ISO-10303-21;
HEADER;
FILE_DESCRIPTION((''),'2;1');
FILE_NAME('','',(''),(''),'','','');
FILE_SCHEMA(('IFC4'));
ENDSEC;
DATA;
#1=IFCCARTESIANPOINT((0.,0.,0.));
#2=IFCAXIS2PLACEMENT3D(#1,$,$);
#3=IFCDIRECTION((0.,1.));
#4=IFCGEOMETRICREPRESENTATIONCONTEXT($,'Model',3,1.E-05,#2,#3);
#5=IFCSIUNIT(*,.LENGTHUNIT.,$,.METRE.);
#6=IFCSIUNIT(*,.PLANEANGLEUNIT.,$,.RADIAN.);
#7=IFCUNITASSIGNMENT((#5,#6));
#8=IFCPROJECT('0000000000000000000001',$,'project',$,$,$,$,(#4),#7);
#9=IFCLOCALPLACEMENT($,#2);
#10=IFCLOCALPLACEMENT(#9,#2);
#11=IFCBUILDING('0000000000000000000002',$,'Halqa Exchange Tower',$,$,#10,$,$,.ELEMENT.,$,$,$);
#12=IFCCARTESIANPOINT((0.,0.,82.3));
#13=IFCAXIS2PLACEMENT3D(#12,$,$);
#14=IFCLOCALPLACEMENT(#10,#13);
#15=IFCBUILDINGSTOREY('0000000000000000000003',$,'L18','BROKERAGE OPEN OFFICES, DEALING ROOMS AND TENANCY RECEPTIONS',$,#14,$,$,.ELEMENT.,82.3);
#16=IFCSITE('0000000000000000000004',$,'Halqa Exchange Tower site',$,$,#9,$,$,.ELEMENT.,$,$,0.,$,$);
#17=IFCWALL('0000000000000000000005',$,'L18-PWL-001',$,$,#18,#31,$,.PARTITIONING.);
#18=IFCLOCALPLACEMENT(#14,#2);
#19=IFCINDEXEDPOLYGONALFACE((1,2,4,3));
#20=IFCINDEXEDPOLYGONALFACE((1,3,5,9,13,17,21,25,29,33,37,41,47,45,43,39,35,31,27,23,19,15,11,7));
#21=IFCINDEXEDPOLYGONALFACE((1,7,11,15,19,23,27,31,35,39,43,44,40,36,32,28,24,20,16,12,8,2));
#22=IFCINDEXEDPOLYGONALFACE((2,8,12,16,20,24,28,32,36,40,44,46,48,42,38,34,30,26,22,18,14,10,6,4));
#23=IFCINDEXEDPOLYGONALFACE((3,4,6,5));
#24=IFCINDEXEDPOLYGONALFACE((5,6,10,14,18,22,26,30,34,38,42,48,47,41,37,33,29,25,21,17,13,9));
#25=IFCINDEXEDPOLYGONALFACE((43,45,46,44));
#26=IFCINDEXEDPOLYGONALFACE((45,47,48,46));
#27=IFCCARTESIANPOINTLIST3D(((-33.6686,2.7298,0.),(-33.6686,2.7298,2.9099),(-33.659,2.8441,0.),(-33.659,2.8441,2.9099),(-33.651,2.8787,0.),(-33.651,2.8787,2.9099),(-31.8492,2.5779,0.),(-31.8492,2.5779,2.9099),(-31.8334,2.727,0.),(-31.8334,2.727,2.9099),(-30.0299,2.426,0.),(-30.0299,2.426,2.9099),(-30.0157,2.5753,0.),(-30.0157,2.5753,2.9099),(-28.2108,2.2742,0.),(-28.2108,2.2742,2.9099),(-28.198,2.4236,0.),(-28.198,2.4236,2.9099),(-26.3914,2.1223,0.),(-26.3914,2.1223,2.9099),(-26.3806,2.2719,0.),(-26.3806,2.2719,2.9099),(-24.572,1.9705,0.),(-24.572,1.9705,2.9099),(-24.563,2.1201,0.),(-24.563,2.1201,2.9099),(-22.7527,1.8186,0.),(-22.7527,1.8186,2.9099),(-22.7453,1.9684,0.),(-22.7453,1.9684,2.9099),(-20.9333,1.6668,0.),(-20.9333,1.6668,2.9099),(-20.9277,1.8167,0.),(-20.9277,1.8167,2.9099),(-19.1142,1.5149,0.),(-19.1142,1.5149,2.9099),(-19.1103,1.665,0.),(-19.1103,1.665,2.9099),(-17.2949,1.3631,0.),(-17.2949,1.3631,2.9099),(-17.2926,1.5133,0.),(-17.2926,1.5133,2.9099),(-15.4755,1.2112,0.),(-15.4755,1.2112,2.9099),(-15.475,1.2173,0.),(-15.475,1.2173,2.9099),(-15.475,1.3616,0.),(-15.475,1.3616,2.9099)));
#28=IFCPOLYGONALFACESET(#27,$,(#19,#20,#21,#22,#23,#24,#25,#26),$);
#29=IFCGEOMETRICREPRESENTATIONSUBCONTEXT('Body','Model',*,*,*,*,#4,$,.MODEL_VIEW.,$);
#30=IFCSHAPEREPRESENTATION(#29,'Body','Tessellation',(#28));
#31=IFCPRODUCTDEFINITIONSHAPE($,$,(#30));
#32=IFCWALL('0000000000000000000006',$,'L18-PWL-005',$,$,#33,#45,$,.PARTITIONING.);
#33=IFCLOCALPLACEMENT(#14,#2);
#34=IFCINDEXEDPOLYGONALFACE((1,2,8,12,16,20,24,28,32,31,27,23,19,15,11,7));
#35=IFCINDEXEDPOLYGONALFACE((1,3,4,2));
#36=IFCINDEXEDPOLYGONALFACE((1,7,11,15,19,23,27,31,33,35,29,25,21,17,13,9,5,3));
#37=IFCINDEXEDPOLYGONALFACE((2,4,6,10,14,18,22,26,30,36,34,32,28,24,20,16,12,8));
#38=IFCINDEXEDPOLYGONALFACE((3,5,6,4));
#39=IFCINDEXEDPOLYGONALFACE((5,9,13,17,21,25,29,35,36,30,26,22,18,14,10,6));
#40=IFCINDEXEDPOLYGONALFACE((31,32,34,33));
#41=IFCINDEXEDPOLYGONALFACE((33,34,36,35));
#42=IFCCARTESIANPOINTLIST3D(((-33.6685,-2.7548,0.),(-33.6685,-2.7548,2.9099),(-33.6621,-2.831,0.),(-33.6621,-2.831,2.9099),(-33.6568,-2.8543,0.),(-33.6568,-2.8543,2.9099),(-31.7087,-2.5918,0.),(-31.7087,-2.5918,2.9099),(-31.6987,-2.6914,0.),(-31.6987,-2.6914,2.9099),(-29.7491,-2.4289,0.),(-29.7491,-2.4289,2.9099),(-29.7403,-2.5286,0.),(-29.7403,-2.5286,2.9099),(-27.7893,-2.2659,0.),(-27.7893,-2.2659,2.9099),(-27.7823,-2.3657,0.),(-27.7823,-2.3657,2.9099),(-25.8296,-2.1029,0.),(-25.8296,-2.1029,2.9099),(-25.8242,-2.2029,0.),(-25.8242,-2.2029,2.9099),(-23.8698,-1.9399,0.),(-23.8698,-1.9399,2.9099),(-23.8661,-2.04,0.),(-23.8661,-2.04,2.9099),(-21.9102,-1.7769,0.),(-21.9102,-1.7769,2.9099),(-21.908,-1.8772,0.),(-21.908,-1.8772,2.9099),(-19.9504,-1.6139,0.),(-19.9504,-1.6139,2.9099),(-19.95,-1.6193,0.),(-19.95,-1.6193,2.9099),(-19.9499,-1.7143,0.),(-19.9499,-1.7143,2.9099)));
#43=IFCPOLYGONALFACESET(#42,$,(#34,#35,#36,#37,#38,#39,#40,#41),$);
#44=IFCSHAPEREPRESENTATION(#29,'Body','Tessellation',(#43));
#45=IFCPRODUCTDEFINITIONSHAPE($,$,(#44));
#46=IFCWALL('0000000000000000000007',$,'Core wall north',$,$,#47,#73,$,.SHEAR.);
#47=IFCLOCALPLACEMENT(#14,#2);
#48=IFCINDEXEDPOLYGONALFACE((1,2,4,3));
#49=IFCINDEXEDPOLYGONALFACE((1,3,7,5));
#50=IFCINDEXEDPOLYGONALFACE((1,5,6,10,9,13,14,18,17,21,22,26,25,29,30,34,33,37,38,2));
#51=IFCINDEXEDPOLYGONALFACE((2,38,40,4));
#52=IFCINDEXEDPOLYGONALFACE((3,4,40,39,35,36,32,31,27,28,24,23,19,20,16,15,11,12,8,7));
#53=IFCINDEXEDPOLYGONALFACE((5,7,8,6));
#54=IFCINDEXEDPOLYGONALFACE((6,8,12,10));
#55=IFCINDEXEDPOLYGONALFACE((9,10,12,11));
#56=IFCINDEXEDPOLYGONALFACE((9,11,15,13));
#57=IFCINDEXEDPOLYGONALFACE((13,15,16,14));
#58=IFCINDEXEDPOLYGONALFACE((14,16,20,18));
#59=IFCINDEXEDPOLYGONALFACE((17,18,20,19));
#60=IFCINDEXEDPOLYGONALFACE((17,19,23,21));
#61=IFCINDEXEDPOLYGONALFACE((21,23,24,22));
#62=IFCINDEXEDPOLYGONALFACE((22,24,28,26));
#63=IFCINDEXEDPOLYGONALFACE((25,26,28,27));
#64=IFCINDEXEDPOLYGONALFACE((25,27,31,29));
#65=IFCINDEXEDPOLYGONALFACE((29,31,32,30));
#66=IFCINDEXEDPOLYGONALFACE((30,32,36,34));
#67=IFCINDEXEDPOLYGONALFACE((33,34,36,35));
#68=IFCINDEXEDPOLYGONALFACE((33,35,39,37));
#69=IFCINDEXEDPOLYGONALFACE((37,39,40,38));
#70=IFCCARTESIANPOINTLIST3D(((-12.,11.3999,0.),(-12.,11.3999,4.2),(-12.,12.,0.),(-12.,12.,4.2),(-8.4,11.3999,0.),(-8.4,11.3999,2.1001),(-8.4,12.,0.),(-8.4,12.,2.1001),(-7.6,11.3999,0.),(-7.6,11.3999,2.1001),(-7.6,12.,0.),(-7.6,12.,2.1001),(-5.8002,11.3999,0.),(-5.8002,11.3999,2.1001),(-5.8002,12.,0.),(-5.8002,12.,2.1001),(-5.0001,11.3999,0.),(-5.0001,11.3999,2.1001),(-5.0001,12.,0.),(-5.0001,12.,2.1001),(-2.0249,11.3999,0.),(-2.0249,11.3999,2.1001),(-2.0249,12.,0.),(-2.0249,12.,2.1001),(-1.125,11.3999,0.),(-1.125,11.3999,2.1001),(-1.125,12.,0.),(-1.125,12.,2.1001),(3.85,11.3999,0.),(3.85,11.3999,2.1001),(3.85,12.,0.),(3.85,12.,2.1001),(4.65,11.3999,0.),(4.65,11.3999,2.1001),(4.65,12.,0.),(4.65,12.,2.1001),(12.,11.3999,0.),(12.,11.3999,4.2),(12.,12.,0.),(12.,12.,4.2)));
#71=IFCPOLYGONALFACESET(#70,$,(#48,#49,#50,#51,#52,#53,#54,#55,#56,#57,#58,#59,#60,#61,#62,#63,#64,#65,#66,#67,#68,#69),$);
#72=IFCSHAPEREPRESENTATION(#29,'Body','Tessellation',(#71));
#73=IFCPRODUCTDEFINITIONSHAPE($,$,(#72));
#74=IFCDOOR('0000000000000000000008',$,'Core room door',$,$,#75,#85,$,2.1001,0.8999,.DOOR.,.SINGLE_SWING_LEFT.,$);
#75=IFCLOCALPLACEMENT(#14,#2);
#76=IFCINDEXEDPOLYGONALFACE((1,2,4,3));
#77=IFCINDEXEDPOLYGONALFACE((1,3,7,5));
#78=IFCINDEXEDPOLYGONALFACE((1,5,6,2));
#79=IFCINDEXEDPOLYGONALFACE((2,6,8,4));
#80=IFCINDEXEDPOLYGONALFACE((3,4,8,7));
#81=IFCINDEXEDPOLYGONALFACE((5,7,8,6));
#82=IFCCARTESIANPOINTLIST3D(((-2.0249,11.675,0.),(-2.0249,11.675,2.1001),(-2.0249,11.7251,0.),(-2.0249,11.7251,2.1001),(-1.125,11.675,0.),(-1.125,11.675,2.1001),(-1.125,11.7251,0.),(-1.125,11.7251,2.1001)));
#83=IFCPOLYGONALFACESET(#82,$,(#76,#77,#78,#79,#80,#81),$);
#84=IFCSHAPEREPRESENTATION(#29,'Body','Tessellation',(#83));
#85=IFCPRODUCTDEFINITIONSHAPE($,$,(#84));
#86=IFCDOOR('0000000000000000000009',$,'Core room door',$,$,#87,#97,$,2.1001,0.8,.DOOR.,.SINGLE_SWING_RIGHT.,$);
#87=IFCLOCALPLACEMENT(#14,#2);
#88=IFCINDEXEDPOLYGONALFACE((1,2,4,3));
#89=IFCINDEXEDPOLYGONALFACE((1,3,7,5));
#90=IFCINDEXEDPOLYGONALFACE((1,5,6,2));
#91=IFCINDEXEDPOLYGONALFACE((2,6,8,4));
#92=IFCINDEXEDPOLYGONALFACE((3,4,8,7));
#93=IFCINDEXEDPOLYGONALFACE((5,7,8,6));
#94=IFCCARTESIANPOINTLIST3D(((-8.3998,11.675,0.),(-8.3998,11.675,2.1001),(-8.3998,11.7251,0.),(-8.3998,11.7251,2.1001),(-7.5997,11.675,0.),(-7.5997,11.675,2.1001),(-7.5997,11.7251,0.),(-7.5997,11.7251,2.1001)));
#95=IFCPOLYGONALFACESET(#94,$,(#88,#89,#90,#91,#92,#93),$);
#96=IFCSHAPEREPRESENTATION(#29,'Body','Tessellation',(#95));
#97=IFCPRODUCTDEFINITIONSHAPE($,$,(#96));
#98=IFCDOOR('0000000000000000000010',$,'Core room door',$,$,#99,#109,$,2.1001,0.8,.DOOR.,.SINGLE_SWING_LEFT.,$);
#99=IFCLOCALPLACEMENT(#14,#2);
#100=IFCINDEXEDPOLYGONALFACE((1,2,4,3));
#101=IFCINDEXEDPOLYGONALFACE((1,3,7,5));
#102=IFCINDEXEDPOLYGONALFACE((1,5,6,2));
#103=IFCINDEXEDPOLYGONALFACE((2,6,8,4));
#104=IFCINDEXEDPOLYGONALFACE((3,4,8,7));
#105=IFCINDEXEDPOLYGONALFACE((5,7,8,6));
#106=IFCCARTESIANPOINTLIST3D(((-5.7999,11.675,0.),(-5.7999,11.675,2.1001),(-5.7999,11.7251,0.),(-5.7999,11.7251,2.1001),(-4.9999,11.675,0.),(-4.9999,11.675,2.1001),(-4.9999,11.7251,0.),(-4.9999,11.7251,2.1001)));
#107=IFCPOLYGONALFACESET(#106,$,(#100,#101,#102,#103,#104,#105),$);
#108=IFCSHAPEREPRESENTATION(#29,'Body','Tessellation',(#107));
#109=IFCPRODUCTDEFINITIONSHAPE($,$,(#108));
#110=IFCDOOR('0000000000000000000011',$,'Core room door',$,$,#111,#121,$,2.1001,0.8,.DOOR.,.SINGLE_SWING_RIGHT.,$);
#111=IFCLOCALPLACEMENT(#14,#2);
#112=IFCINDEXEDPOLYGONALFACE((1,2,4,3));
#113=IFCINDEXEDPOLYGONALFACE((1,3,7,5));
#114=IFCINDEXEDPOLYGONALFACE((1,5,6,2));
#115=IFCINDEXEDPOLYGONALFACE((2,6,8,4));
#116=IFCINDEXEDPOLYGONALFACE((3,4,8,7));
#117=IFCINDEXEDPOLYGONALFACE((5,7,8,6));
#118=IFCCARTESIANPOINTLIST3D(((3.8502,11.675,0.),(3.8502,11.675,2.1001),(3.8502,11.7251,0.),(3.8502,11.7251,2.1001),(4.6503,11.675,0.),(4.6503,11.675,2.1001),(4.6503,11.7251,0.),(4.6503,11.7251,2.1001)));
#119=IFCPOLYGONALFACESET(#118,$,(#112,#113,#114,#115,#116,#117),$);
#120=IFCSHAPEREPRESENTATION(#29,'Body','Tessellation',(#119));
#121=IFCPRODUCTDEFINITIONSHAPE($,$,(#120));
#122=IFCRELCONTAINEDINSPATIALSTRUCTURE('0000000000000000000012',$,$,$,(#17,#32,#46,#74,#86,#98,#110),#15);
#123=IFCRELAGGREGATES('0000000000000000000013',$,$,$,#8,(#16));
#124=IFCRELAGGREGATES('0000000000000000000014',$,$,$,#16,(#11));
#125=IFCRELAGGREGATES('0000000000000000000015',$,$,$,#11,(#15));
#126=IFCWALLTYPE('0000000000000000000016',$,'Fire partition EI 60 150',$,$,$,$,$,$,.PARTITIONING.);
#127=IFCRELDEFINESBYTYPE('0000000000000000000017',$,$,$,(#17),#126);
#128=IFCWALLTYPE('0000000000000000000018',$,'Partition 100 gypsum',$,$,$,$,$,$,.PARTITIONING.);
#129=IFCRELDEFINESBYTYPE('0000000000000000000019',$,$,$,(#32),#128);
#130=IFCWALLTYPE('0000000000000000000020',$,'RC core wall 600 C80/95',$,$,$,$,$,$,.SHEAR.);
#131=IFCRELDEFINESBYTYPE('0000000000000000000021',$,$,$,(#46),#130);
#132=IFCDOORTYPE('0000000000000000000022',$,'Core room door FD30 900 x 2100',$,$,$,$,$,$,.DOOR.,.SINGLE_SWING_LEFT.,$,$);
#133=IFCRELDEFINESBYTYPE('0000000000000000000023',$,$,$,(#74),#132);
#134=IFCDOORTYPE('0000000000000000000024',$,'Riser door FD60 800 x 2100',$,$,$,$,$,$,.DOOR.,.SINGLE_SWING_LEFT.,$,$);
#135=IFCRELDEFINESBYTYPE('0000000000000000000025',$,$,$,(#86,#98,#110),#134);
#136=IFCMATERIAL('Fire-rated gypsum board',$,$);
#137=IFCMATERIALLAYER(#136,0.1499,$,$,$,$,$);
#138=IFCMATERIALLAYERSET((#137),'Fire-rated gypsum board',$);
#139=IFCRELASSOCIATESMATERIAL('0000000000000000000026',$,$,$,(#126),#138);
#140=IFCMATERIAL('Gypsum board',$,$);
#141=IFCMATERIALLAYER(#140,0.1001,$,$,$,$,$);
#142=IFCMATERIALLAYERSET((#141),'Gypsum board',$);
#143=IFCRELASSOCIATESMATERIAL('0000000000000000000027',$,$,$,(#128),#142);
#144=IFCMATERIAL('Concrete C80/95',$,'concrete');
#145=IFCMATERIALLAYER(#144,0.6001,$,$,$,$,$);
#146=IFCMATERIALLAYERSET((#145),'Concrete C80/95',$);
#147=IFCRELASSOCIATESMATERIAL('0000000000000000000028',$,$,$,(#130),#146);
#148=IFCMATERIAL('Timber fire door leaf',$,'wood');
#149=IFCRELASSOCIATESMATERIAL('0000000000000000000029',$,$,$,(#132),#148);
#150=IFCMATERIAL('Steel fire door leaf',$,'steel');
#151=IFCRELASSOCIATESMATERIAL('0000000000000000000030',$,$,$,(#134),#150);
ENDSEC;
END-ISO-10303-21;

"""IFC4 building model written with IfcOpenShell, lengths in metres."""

from ifc_helpers import new_model, si_unit, direction, frame, frame_2d, origin, place, context, subcontext, project, spatial, polyline, rectangle, outline, extrude, material, layer, layer_set, type_object, element, fill, save


model = new_model("IFC4")

# Units and contexts
model_context = context("Model", 3, precision=1e-05, world=origin(), true_north=direction((0.0, 1.0)))
body_context = subcontext(model_context, "Body", "Model", "MODEL_VIEW")
ifc_project = project(units=[si_unit("LENGTHUNIT", "METRE"), si_unit("PLANEANGLEUNIT", "RADIAN")], contexts=[model_context])

# Site, building, storey
site_placement = place(None, origin())
site = spatial("IfcSite", under=ifc_project, at=site_placement, Name="Halqa Exchange Tower site", CompositionType="ELEMENT", RefElevation=0.0)
building_placement = place(site_placement, origin())
building = spatial("IfcBuilding", under=site, at=building_placement, Name="Halqa Exchange Tower", CompositionType="ELEMENT")
storey_placement = place(building_placement, frame((0.0, 0.0, 82.3)))
storey = spatial("IfcBuildingStorey", under=building, at=storey_placement, Name="L18", Description="BROKERAGE OPEN OFFICES, DEALING ROOMS AND TENANCY RECEPTIONS", CompositionType="ELEMENT", Elevation=82.3)

# Walls
ifc_material_1 = material(Name="Fire-rated gypsum board")
ifc_layer_1 = layer(ifc_material_1, 0.1499)
ifc_layer_set_1 = layer_set([ifc_layer_1], Name="Fire-rated gypsum board")
wall_type_1 = type_object("IfcWallType", Name="Fire partition EI 60 150", PredefinedType="PARTITIONING", material=ifc_layer_set_1)
wall_1_placement = place(storey_placement, frame((-33.6624, 2.8044, 0.0), z_axis=(0.0, 0.0, 1.0), x_axis=(0.996535, -0.083179, 0.0)))
element("IfcWall", 1, at=wall_1_placement, inside=storey, type_object=wall_type_1, Name="L18-PWL-001", PredefinedType="PARTITIONING", context=body_context, shape_type="SweptSolid", body=[
    extrude(outline(polyline([(18.2563, -0.075), (18.2563, -0.0688), (18.2444, 0.075), (16.4204, 0.075), (14.5964, 0.075), (12.7727, 0.075), (10.9487, 0.075), (9.1248, 0.075), (7.3008, 0.075), (5.4771, 0.075), (3.6531, 0.075), (1.8291, 0.075), (0.0051, 0.075), (0.0, 0.0398), (0.0, -0.075), (1.8257, -0.075), (3.6514, -0.075), (5.4768, -0.075), (7.3025, -0.075), (9.1282, -0.075), (10.9539, -0.075), (12.7795, -0.075), (14.605, -0.075), (16.4307, -0.075), (18.2563, -0.075)])), origin(), (0.0, 0.0, 1.0), 2.9099),
])
ifc_material_2 = material(Name="Gypsum board")
ifc_layer_2 = layer(ifc_material_2, 0.1001)
ifc_layer_set_2 = layer_set([ifc_layer_2], Name="Gypsum board")
wall_type_2 = type_object("IfcWallType", Name="Partition 100 gypsum", PredefinedType="PARTITIONING", material=ifc_layer_set_2)
wall_2_placement = place(storey_placement, frame((-19.9463, -1.6638, 0.0), z_axis=(0.0, 0.0, 1.0), x_axis=(-0.99656, -0.08288, 0.0)))
element("IfcWall", 2, at=wall_2_placement, inside=storey, type_object=wall_type_2, Name="L18-PWL-005", PredefinedType="PARTITIONING", context=body_context, shape_type="SweptSolid", body=[
    extrude(outline(polyline([(13.7654, -0.05), (13.7654, 0.0264), (13.762, 0.05), (11.7971, 0.05), (9.832, 0.05), (7.8672, 0.05), (5.9023, 0.05), (3.9375, 0.05), (1.9727, 0.05), (0.0078, 0.05), (0.0, -0.0447), (0.0, -0.05), (1.9666, -0.05), (3.9329, -0.05), (5.8994, -0.05), (7.866, -0.05), (9.8325, -0.05), (11.7988, -0.05), (13.7654, -0.05)])), origin(), (0.0, 0.0, 1.0), 2.9099),
])

# Wall, openings, doors
ifc_material_3 = material(Name="Concrete C80/95", Category="concrete")
ifc_layer_3 = layer(ifc_material_3, 0.6001)
ifc_layer_set_3 = layer_set([ifc_layer_3], Name="Concrete C80/95")
wall_type_3 = type_object("IfcWallType", Name="RC core wall 600 C80/95", PredefinedType="SHEAR", material=ifc_layer_set_3)
wall_3_placement = place(storey_placement, frame((-12.0, 11.7, 0.0), z_axis=(0.0, 0.0, 1.0), x_axis=(1.0, 0.0, 0.0)))
wall_3 = element("IfcWall", 3, at=wall_3_placement, inside=storey, type_object=wall_type_3, Name="Core wall north", PredefinedType="SHEAR", context=body_context, shape_type="SweptSolid", body=[
    extrude(rectangle(XDim=24.0, YDim=0.6001, at=frame_2d((12.0, 0.0))), origin(), (0.0, 0.0, 1.0), 4.2),
])
opening_1_placement = place(wall_3_placement, frame((9.9751, 0.0, 0.0)))
opening_1 = element("IfcOpeningElement", 4, at=opening_1_placement, cuts=wall_3, PredefinedType="OPENING", context=body_context, shape_type="SweptSolid", body=[
    extrude(rectangle(XDim=0.8999, YDim=2.1001, at=frame_2d((0.45, 1.05))), frame((0.0, 0.312, 0.0), z_axis=(0.0, -1.0, 0.0), x_axis=(1.0, 0.0, 0.0)), (0.0, 0.0, 1.0), 0.624),
])
opening_2_placement = place(wall_3_placement, frame((3.6001, 0.0, 0.0)))
opening_2 = element("IfcOpeningElement", 5, at=opening_2_placement, cuts=wall_3, PredefinedType="OPENING", context=body_context, shape_type="SweptSolid", body=[
    extrude(rectangle(XDim=0.8, YDim=2.1001, at=frame_2d((0.3999, 1.05))), frame((0.0, 0.312, 0.0), z_axis=(0.0, -1.0, 0.0), x_axis=(1.0, 0.0, 0.0)), (0.0, 0.0, 1.0), 0.624),
])
opening_3_placement = place(wall_3_placement, frame((6.2, 0.0, 0.0)))
opening_3 = element("IfcOpeningElement", 6, at=opening_3_placement, cuts=wall_3, PredefinedType="OPENING", context=body_context, shape_type="SweptSolid", body=[
    extrude(rectangle(XDim=0.8, YDim=2.1001, at=frame_2d((0.3999, 1.05))), frame((0.0, 0.312, 0.0), z_axis=(0.0, -1.0, 0.0), x_axis=(1.0, 0.0, 0.0)), (0.0, 0.0, 1.0), 0.624),
])
opening_4_placement = place(wall_3_placement, frame((15.8501, 0.0, 0.0)))
opening_4 = element("IfcOpeningElement", 7, at=opening_4_placement, cuts=wall_3, PredefinedType="OPENING", context=body_context, shape_type="SweptSolid", body=[
    extrude(rectangle(XDim=0.8, YDim=2.1001, at=frame_2d((0.3999, 1.05))), frame((0.0, 0.312, 0.0), z_axis=(0.0, -1.0, 0.0), x_axis=(1.0, 0.0, 0.0)), (0.0, 0.0, 1.0), 0.624),
])
ifc_material_4 = material(Name="Timber fire door leaf", Category="wood")
door_type_1 = type_object("IfcDoorType", Name="Core room door FD30 900 x 2100", OperationType="SINGLE_SWING_LEFT", PredefinedType="DOOR", material=ifc_material_4)
door_1_placement = place(opening_1_placement, frame((0.8999, 0.0, 0.0), z_axis=(0.0, 0.0, 1.0), x_axis=(-1.0, 0.0, 0.0)))
door_1 = element("IfcDoor", 8, at=door_1_placement, inside=storey, type_object=door_type_1, Name="Core room door", OperationType="SINGLE_SWING_LEFT", OverallHeight=2.1001, OverallWidth=0.8999, PredefinedType="DOOR", context=body_context, shape_type="SweptSolid", body=[
    extrude(rectangle(XDim=0.8999, YDim=2.1001, at=frame_2d((0.45, 1.05))), frame((0.0, 0.0249, 0.0), z_axis=(0.0, -1.0, 0.0), x_axis=(1.0, 0.0, 0.0)), (0.0, 0.0, 1.0), 0.05),
])
fill(opening_1, door_1)
ifc_material_5 = material(Name="Steel fire door leaf", Category="steel")
door_type_2 = type_object("IfcDoorType", Name="Riser door FD60 800 x 2100", OperationType="SINGLE_SWING_LEFT", PredefinedType="DOOR", material=ifc_material_5)
door_2_placement = place(opening_2_placement, frame((0.8, 0.0, 0.0), z_axis=(0.0, 0.0, 1.0), x_axis=(-1.0, 0.0, 0.0)))
door_2 = element("IfcDoor", 9, at=door_2_placement, inside=storey, type_object=door_type_2, Name="Core room door", OperationType="SINGLE_SWING_RIGHT", OverallHeight=2.1001, OverallWidth=0.8, PredefinedType="DOOR", context=body_context, shape_type="SweptSolid", body=[
    extrude(rectangle(XDim=0.8, YDim=2.1001, at=frame_2d((0.3999, 1.05))), frame((0.0, 0.0249, 0.0), z_axis=(0.0, -1.0, 0.0), x_axis=(1.0, 0.0, 0.0)), (0.0, 0.0, 1.0), 0.05),
])
fill(opening_2, door_2)
door_3_placement = place(opening_3_placement, frame((0.8, 0.0, 0.0), z_axis=(0.0, 0.0, 1.0), x_axis=(-1.0, 0.0, 0.0)))
door_3 = element("IfcDoor", 10, at=door_3_placement, inside=storey, type_object=door_type_2, Name="Core room door", OperationType="SINGLE_SWING_LEFT", OverallHeight=2.1001, OverallWidth=0.8, PredefinedType="DOOR", context=body_context, shape_type="SweptSolid", body=[
    extrude(rectangle(XDim=0.8, YDim=2.1001, at=frame_2d((0.3999, 1.05))), frame((0.0, 0.0249, 0.0), z_axis=(0.0, -1.0, 0.0), x_axis=(1.0, 0.0, 0.0)), (0.0, 0.0, 1.0), 0.05),
])
fill(opening_3, door_3)
door_4_placement = place(opening_4_placement, frame((0.8, 0.0, 0.0), z_axis=(0.0, 0.0, 1.0), x_axis=(-1.0, 0.0, 0.0)))
door_4 = element("IfcDoor", 11, at=door_4_placement, inside=storey, type_object=door_type_2, Name="Core room door", OperationType="SINGLE_SWING_RIGHT", OverallHeight=2.1001, OverallWidth=0.8, PredefinedType="DOOR", context=body_context, shape_type="SweptSolid", body=[
    extrude(rectangle(XDim=0.8, YDim=2.1001, at=frame_2d((0.3999, 1.05))), frame((0.0, 0.0249, 0.0), z_axis=(0.0, -1.0, 0.0), x_axis=(1.0, 0.0, 0.0)), (0.0, 0.0, 1.0), 0.05),
])
fill(opening_4, door_4)

save(model, "model.ifc")
